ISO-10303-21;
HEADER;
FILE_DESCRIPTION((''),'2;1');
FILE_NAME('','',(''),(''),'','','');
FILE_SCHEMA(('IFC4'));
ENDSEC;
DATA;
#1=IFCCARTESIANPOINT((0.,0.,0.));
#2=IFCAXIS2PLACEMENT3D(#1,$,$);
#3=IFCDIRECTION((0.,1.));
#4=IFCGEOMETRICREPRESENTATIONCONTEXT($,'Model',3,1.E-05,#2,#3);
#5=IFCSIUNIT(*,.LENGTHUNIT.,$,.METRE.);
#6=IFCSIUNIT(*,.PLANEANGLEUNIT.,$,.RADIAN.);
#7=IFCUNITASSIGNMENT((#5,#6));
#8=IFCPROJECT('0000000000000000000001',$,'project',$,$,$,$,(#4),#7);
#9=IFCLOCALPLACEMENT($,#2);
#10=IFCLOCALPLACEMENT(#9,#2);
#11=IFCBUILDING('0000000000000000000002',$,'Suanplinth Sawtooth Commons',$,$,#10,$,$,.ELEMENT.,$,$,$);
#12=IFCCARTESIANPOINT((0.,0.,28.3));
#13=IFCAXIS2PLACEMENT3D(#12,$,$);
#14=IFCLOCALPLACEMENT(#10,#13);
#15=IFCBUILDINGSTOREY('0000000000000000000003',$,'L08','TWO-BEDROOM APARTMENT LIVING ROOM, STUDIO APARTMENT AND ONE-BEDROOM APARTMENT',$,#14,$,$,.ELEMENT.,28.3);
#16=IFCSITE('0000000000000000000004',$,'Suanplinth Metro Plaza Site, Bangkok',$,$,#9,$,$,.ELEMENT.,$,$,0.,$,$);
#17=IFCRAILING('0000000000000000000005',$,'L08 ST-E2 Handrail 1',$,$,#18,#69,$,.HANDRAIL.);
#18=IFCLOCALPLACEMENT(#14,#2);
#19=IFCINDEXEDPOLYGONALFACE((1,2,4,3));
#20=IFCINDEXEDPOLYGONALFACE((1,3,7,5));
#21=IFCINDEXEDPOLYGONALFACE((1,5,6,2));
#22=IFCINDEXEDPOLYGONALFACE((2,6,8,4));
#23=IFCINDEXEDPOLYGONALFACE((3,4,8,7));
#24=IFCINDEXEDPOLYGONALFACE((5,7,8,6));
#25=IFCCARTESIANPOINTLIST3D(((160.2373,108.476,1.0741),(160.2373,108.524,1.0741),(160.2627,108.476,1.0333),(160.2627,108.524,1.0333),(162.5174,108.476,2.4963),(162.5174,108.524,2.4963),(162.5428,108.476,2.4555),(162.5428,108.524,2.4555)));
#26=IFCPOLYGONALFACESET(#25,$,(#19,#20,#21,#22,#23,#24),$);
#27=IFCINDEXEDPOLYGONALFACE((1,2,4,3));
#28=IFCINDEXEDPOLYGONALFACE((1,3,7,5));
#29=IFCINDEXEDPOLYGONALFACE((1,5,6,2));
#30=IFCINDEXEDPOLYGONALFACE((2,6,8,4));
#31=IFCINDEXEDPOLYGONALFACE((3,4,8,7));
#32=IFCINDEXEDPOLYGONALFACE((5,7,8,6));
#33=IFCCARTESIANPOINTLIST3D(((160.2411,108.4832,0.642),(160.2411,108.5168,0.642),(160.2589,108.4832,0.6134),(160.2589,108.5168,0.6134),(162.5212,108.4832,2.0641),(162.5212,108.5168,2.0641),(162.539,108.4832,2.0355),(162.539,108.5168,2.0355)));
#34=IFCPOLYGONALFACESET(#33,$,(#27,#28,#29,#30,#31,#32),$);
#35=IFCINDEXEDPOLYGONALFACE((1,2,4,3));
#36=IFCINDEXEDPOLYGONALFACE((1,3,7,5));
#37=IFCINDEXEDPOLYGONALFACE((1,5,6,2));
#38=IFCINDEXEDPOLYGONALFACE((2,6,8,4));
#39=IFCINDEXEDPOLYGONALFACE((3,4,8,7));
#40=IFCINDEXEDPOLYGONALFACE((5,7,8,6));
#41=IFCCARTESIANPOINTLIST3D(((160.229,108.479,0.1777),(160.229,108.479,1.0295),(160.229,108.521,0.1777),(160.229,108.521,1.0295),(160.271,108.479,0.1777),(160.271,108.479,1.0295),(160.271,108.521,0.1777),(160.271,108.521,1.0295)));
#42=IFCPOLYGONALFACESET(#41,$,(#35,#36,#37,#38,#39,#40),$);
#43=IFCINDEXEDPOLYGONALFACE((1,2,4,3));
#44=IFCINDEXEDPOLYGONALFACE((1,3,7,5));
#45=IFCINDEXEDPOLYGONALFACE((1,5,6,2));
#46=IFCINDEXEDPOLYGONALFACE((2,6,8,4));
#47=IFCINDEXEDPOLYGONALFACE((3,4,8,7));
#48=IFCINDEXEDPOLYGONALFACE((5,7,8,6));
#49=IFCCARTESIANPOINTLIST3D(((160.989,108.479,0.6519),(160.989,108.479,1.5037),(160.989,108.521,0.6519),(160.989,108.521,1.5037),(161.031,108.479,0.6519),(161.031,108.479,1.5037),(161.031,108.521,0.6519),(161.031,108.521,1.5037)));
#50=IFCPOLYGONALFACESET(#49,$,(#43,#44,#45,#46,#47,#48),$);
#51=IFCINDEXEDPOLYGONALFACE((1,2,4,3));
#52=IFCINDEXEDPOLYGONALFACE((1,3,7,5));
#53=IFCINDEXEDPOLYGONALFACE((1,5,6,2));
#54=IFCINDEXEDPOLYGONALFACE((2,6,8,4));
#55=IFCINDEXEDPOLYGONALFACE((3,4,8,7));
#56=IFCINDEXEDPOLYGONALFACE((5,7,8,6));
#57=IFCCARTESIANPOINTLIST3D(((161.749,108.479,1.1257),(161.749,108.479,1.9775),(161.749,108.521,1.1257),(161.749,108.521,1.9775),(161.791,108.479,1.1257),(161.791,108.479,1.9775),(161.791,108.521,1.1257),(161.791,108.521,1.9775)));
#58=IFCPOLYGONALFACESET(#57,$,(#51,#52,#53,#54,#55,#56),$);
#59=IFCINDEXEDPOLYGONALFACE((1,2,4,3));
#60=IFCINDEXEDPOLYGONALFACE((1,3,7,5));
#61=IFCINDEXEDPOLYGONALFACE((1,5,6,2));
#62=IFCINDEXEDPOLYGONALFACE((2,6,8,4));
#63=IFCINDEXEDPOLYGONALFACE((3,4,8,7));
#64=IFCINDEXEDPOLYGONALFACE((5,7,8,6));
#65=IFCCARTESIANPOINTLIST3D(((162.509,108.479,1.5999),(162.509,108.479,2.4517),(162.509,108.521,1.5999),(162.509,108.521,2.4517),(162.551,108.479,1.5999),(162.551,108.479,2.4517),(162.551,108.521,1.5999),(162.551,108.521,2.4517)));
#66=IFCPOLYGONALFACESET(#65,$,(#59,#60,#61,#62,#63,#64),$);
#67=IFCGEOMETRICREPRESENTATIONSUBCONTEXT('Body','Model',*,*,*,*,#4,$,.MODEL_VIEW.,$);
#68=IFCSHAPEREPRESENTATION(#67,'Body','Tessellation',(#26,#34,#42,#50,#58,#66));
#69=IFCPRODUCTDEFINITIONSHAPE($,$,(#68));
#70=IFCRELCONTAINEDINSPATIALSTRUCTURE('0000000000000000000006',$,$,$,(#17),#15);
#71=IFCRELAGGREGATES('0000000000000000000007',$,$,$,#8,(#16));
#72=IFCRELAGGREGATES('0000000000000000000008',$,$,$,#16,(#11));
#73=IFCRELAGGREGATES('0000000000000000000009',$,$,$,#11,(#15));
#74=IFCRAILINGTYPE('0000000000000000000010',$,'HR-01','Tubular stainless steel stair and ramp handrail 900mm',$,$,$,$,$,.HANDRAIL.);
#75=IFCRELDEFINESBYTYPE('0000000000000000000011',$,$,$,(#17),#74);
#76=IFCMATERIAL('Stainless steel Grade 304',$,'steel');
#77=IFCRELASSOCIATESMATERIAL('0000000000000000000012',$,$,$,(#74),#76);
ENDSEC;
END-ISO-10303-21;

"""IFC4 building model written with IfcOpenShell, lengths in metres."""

from ifc_helpers import new_model, si_unit, direction, frame, origin, origin_2d, place, context, subcontext, project, spatial, rectangle, extrude, material, type_object, element, save


model = new_model("IFC4")

# Units and contexts
model_context = context("Model", 3, precision=1e-05, world=origin(), true_north=direction((0.0, 1.0)))
body_context = subcontext(model_context, "Body", "Model", "MODEL_VIEW")
ifc_project = project(units=[si_unit("LENGTHUNIT", "METRE"), si_unit("PLANEANGLEUNIT", "RADIAN")], contexts=[model_context])

# Site, building, storey
site_placement = place(None, origin())
site = spatial("IfcSite", under=ifc_project, at=site_placement, Name="Suanplinth Metro Plaza Site, Bangkok", CompositionType="ELEMENT", RefElevation=0.0)
building_placement = place(site_placement, origin())
building = spatial("IfcBuilding", under=site, at=building_placement, Name="Suanplinth Sawtooth Commons", CompositionType="ELEMENT")
storey_placement = place(building_placement, frame((0.0, 0.0, 28.3)))
storey = spatial("IfcBuildingStorey", under=building, at=storey_placement, Name="L08", Description="TWO-BEDROOM APARTMENT LIVING ROOM, STUDIO APARTMENT AND ONE-BEDROOM APARTMENT", CompositionType="ELEMENT", Elevation=28.3)

# Railing
ifc_material_1 = material(Name="Stainless steel Grade 304", Category="steel")
railing_type_1 = type_object("IfcRailingType", Name="HR-01", Description="Tubular stainless steel stair and ramp handrail 900mm", PredefinedType="HANDRAIL", material=ifc_material_1)
railing_1_placement = place(storey_placement, frame((160.25, 108.5, 0.1777)))
element("IfcRailing", 1, at=railing_1_placement, inside=storey, type_object=railing_type_1, Name="L08 ST-E2 Handrail 1", PredefinedType="HANDRAIL", context=body_context, shape_type="SweptSolid", body=[
    extrude(rectangle(XDim=0.0481, YDim=0.0481, at=origin_2d()), frame((0.0, 0.0, 0.876), z_axis=(0.848483, 0.0, 0.529223), x_axis=(0.0, 1.0, 0.0)), (0.0, 0.0, 1.0), 2.6873),
    extrude(rectangle(XDim=0.0337, YDim=0.0337, at=origin_2d()), frame((0.0, 0.0, 0.45), z_axis=(0.848483, 0.0, 0.529223), x_axis=(0.0, 1.0, 0.0)), (0.0, 0.0, 1.0), 2.6873),
    extrude(rectangle(XDim=0.042, YDim=0.042, at=origin_2d()), origin(), (0.0, 0.0, 1.0), 0.8518),
    extrude(rectangle(XDim=0.042, YDim=0.042, at=origin_2d()), frame((0.76, 0.0, 0.4741)), (0.0, 0.0, 1.0), 0.8518),
    extrude(rectangle(XDim=0.042, YDim=0.042, at=origin_2d()), frame((1.52, 0.0, 0.948)), (0.0, 0.0, 1.0), 0.8518),
    extrude(rectangle(XDim=0.042, YDim=0.042, at=origin_2d()), frame((2.28, 0.0, 1.4221)), (0.0, 0.0, 1.0), 0.8518),
])

save(model, "model.ifc")
